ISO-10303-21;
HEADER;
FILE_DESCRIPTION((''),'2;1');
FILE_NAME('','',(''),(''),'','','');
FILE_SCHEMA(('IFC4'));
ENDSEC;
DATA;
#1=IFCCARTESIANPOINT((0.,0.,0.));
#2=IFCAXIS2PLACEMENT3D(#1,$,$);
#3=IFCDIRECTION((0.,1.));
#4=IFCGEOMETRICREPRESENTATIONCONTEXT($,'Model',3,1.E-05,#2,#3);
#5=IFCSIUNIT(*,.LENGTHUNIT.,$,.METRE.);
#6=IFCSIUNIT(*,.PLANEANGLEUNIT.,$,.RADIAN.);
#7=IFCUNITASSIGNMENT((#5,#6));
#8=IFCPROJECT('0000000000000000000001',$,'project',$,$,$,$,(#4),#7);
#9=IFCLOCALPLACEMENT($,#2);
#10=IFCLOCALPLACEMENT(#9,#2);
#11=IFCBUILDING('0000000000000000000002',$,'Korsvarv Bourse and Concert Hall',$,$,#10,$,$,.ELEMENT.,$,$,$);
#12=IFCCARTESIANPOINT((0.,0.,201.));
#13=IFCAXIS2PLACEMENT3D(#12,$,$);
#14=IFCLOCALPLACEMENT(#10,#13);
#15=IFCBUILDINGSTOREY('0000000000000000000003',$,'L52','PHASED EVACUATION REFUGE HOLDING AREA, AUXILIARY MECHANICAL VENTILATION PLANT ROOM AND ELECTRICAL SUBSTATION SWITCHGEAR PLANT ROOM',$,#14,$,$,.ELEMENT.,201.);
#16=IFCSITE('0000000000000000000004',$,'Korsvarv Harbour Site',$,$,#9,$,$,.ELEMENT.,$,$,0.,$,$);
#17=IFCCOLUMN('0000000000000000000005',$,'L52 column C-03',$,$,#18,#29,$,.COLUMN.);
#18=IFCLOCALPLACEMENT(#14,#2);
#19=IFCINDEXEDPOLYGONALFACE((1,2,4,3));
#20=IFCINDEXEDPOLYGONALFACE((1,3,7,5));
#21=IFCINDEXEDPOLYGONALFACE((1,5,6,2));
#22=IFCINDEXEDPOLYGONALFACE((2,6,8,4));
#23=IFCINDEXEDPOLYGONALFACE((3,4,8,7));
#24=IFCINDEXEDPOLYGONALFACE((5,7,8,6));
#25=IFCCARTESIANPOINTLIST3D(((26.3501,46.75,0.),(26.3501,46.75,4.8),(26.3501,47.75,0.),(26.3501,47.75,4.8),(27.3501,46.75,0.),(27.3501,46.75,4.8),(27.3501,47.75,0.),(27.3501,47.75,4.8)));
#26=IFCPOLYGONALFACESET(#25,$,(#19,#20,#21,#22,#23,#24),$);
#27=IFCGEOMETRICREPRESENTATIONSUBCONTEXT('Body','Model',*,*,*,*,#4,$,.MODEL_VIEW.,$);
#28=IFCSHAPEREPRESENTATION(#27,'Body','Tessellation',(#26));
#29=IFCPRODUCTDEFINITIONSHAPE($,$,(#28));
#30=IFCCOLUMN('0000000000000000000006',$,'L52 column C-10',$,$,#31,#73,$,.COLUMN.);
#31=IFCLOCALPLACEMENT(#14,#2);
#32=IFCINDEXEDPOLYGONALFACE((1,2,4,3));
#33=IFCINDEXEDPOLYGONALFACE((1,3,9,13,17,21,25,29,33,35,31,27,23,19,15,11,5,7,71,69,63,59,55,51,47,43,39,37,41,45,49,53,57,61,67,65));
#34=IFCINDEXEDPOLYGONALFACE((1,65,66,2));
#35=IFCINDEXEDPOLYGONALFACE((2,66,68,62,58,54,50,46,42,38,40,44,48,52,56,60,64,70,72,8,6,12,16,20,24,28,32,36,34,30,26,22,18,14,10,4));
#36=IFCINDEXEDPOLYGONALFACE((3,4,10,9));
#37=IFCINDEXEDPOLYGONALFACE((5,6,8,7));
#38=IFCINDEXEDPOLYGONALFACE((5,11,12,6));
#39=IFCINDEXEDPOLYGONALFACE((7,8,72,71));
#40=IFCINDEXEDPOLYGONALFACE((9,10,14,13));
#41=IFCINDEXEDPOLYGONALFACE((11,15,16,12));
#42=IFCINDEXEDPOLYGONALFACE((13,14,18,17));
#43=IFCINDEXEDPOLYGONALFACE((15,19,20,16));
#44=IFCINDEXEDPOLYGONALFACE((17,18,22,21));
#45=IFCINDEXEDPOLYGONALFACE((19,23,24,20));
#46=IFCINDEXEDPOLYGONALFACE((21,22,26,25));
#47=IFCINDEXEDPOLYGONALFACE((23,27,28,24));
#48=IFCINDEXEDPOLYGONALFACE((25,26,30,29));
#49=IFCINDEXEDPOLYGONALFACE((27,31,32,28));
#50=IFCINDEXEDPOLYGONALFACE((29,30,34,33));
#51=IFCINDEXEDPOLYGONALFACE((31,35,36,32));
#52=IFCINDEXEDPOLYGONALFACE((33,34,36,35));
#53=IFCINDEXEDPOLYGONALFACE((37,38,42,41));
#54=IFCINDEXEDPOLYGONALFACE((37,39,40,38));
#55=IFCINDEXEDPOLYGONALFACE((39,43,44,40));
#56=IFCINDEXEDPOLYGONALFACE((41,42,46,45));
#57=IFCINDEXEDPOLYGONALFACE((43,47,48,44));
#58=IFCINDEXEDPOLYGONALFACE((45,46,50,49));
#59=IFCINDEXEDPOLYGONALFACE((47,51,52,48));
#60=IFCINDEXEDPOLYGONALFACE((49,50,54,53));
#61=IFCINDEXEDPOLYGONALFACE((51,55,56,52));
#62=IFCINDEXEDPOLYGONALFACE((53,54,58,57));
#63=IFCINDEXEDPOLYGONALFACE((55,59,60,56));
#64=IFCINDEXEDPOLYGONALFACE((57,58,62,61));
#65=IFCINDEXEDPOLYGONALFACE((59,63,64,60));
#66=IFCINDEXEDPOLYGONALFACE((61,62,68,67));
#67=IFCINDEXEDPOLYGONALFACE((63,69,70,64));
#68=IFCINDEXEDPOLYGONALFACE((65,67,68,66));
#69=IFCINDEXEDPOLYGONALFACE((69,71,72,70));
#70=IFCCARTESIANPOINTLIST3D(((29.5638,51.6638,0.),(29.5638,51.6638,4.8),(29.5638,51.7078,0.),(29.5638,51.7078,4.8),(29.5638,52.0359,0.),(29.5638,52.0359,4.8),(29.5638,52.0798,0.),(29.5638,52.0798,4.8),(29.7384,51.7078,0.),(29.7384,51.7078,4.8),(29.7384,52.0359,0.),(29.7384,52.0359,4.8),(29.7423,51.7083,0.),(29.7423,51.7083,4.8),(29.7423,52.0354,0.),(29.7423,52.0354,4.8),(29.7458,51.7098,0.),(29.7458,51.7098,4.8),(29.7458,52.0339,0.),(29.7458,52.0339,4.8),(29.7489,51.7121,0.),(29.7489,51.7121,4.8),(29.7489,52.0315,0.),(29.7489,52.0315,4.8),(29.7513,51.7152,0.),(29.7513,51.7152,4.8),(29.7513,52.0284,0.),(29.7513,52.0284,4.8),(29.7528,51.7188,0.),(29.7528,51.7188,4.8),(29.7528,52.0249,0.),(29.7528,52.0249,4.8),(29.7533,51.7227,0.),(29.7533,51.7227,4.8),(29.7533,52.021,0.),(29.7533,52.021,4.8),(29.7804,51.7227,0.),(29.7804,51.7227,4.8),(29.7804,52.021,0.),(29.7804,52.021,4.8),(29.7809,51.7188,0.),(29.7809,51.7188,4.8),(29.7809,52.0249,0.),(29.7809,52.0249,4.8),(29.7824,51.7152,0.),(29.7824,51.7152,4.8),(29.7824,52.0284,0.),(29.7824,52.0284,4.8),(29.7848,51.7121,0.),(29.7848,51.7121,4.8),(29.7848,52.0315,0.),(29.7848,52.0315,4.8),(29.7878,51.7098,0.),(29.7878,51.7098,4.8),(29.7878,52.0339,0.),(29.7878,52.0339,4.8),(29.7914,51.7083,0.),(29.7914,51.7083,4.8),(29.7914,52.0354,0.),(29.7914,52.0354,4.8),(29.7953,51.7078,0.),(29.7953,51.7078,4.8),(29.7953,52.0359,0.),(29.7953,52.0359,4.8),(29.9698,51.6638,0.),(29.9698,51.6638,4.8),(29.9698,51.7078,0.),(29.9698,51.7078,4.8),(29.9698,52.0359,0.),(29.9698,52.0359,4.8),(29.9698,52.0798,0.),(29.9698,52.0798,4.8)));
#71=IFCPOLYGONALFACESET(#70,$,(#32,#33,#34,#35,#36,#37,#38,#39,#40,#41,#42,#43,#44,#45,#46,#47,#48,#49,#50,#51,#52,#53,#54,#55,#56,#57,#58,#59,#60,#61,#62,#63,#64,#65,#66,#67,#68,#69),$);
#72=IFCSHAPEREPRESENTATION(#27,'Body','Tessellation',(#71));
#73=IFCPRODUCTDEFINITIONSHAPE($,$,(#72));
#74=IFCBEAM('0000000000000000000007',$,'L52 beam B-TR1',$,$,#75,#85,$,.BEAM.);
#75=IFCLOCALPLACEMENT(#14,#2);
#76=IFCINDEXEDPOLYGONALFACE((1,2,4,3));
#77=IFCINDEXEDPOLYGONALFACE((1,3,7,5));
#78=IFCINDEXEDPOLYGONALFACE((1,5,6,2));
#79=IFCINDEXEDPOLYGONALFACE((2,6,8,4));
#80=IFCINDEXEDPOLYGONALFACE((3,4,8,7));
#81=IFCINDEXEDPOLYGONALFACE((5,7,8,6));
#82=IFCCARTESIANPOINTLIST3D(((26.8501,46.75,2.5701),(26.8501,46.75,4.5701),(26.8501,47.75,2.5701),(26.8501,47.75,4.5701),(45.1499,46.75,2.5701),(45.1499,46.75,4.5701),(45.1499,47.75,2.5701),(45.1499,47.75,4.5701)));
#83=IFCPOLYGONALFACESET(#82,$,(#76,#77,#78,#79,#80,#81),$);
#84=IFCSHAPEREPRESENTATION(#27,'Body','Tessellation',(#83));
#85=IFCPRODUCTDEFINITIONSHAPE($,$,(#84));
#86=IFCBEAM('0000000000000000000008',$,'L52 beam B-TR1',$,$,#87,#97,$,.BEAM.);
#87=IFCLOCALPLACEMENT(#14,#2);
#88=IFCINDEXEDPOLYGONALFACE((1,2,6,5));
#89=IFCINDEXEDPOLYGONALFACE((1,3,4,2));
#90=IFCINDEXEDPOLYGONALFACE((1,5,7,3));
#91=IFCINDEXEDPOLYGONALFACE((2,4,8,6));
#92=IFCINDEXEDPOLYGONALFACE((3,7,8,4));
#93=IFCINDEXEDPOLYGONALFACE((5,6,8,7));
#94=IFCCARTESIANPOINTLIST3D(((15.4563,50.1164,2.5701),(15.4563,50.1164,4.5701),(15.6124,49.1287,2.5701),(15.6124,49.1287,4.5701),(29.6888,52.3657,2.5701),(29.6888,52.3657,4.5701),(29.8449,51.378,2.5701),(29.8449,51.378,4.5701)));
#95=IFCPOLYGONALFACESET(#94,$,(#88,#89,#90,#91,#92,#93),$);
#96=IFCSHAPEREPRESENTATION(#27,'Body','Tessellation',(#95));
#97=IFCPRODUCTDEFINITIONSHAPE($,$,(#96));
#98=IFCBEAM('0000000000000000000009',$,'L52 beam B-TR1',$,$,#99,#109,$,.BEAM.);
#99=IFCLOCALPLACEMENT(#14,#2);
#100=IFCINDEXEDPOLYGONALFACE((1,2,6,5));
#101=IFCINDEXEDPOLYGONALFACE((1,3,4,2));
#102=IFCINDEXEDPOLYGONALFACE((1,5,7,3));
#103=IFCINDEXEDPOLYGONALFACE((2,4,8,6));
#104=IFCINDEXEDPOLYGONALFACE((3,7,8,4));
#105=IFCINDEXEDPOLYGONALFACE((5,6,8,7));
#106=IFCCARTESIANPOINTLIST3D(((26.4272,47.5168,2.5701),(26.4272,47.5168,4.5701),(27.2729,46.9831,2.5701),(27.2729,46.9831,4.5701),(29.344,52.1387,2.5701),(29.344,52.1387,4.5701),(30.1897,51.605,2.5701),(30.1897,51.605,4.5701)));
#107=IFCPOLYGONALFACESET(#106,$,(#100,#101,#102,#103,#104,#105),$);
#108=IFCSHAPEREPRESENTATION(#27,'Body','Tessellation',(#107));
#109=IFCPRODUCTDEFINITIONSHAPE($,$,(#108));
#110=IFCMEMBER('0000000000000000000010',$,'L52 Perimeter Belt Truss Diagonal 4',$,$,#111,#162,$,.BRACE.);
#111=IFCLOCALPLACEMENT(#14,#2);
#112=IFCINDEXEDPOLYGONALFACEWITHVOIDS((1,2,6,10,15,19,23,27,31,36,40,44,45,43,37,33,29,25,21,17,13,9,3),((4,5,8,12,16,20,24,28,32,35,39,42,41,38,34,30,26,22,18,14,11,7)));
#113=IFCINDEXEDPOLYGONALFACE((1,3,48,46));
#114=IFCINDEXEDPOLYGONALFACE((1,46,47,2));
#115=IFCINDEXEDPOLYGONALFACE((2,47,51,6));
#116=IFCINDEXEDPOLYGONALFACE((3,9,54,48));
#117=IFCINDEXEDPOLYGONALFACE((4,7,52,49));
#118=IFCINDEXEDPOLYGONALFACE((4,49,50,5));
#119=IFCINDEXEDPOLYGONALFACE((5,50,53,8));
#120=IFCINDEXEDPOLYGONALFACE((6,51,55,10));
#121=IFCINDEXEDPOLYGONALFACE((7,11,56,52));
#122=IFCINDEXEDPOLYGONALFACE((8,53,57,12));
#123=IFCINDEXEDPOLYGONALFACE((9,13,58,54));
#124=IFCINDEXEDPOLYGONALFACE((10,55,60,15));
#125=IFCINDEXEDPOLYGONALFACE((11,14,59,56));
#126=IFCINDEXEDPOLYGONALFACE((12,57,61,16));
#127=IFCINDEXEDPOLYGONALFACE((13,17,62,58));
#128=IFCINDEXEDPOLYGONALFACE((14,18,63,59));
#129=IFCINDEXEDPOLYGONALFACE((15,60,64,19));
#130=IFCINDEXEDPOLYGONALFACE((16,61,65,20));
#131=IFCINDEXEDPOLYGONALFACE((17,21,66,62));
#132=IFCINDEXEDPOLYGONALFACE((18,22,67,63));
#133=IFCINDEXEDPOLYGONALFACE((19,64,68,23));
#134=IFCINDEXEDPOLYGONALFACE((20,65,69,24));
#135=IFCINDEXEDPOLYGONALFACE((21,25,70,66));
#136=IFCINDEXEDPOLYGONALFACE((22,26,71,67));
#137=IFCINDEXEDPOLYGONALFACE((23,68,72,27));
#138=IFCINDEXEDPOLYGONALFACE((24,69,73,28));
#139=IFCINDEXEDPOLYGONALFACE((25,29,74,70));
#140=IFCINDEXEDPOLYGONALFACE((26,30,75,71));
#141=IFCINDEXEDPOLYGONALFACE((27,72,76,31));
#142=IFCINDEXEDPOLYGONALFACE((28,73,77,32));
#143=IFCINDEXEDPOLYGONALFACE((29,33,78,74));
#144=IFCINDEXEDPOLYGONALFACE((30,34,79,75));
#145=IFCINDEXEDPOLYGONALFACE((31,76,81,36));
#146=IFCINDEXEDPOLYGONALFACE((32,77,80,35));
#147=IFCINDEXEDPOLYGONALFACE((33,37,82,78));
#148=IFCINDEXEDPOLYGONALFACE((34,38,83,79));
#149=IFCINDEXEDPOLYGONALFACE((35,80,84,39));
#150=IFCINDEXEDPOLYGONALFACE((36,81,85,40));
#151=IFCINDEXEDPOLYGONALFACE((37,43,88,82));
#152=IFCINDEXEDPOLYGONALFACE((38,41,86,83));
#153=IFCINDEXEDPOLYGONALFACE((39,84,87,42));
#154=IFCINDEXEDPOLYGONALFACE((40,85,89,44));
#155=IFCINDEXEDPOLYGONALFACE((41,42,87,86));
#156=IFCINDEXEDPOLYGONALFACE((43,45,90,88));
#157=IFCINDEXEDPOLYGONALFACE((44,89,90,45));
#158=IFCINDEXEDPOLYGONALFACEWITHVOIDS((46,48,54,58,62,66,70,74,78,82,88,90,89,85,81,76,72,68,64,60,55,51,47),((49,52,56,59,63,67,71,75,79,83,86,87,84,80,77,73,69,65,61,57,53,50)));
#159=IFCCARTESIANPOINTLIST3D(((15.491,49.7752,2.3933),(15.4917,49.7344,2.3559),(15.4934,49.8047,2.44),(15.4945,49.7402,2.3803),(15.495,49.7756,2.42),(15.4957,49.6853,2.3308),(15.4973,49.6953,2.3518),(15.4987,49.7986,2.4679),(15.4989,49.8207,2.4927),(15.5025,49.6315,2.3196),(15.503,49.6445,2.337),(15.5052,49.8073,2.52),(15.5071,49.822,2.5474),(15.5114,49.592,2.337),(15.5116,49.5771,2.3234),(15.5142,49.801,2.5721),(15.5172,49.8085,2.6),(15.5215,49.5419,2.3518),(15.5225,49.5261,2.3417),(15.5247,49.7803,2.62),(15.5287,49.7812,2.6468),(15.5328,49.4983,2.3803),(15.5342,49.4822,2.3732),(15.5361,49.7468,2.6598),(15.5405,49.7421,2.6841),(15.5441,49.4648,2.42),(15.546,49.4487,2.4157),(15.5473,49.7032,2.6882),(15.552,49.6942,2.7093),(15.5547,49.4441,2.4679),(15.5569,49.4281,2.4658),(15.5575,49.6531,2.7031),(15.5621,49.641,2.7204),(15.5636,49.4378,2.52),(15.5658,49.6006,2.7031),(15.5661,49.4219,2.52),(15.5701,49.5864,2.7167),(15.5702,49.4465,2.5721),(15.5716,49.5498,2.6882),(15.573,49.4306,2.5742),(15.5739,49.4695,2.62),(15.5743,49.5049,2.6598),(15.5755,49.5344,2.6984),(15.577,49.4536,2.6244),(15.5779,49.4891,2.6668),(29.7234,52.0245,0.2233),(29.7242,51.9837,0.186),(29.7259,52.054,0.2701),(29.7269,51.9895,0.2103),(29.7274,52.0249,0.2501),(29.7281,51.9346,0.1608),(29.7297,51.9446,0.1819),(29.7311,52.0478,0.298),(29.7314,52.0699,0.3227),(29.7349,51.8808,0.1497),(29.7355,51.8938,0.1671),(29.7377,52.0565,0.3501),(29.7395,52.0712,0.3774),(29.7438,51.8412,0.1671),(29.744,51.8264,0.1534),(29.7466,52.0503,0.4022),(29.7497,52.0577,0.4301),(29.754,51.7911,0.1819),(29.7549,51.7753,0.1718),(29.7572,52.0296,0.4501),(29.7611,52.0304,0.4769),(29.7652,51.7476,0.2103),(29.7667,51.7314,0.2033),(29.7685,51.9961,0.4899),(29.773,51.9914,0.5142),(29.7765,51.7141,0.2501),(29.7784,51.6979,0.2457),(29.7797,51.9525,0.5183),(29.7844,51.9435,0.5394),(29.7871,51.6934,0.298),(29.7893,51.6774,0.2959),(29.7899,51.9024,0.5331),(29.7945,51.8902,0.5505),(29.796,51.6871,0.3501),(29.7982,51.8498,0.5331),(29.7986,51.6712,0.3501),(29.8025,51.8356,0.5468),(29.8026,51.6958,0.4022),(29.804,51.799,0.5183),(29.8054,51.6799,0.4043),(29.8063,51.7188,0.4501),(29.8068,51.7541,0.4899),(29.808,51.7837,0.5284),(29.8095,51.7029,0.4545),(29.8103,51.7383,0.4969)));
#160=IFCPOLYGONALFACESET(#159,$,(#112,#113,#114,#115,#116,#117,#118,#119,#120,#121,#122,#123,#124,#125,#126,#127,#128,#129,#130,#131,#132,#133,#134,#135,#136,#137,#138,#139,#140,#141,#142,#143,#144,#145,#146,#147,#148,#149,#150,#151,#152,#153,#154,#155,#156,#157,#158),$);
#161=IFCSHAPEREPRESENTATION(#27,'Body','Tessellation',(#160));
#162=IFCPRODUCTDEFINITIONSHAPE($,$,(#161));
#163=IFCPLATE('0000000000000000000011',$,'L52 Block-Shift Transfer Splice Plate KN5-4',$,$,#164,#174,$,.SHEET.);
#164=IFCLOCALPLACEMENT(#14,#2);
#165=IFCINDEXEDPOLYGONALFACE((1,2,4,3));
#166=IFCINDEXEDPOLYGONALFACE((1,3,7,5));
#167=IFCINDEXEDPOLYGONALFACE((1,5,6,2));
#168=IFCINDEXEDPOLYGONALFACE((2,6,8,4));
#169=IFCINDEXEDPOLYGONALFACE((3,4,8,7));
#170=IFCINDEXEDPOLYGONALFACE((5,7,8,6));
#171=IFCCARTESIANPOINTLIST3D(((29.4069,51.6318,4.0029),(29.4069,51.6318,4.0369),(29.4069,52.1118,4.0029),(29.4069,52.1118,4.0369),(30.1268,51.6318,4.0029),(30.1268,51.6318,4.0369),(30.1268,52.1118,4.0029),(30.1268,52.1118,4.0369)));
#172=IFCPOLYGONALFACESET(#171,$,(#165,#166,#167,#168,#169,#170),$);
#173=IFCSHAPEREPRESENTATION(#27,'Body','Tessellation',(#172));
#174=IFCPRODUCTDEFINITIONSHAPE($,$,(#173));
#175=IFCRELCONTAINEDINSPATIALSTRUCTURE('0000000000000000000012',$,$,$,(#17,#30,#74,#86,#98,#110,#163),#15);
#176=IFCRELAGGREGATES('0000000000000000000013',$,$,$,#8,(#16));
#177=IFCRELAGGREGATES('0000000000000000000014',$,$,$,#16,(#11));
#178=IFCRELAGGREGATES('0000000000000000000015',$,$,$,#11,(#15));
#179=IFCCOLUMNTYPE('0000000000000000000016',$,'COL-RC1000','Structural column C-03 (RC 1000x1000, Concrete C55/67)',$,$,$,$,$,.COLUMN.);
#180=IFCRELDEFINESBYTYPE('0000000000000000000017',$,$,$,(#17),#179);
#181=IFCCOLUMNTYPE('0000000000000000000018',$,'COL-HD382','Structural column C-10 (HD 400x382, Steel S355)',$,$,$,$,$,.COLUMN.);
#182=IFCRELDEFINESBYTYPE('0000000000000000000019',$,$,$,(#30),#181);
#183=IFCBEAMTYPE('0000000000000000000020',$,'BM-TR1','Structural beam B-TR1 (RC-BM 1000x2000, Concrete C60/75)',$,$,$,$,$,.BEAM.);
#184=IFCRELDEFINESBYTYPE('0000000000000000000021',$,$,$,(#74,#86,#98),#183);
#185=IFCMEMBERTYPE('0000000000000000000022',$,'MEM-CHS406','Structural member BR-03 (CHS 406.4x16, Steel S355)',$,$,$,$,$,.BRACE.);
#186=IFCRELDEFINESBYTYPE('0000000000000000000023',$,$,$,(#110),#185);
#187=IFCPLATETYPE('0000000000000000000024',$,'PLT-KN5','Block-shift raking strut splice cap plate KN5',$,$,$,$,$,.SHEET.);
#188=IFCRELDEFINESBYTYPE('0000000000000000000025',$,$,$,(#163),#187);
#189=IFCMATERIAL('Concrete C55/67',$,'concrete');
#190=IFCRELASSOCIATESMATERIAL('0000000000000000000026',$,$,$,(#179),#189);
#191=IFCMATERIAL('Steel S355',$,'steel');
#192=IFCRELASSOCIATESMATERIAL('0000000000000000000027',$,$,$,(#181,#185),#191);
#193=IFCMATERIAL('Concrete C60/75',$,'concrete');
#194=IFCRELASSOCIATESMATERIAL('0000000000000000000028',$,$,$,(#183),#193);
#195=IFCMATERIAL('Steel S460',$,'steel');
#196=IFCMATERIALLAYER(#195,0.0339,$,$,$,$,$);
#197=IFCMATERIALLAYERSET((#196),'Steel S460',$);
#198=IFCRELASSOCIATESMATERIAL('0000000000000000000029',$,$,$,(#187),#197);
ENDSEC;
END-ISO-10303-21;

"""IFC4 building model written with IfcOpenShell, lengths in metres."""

from ifc_helpers import new_model, si_unit, direction, frame, origin, origin_2d, place, context, subcontext, project, spatial, rectangle, hollow_circle, i_section, extrude, source, transform, mapped, material, layer, layer_set, material_profile, profile_set, type_object, element, save


model = new_model("IFC4")

# Units and contexts
model_context = context("Model", 3, precision=1e-05, world=origin(), true_north=direction((0.0, 1.0)))
body_context = subcontext(model_context, "Body", "Model", "MODEL_VIEW")
ifc_project = project(units=[si_unit("LENGTHUNIT", "METRE"), si_unit("PLANEANGLEUNIT", "RADIAN")], contexts=[model_context])

# Site, building, storey
site_placement = place(None, origin())
site = spatial("IfcSite", under=ifc_project, at=site_placement, Name="Korsvarv Harbour Site", CompositionType="ELEMENT", RefElevation=0.0)
building_placement = place(site_placement, origin())
building = spatial("IfcBuilding", under=site, at=building_placement, Name="Korsvarv Bourse and Concert Hall", CompositionType="ELEMENT")
storey_placement = place(building_placement, frame((0.0, 0.0, 201.0)))
storey = spatial("IfcBuildingStorey", under=building, at=storey_placement, Name="L52", Description="PHASED EVACUATION REFUGE HOLDING AREA, AUXILIARY MECHANICAL VENTILATION PLANT ROOM AND ELECTRICAL SUBSTATION SWITCHGEAR PLANT ROOM", CompositionType="ELEMENT", Elevation=201.0)

# Columns
ifc_material_1 = material(Name="Concrete C55/67", Category="concrete")
ifc_material_profile_1 = material_profile(ifc_material_1, rectangle(XDim=1.0, YDim=1.0, at=origin_2d()), Name="RC 1000x1000")
ifc_profile_set_1 = profile_set([ifc_material_profile_1], Name="Concrete C55/67")
column_type_1 = type_object("IfcColumnType", Name="COL-RC1000", Description="Structural column C-03 (RC 1000x1000, Concrete C55/67)", PredefinedType="COLUMN", material=ifc_profile_set_1)
shared_shape_1 = source(origin(), body_context, "Body", "SweptSolid", [
    extrude(rectangle(XDim=1.0, YDim=1.0, at=origin_2d()), origin(), (0.0, 0.0, 1.0), 4.8),
])
column_1_placement = place(storey_placement, frame((26.8501, 47.25, 0.0), z_axis=(0.0, 0.0, 1.0), x_axis=(1.0, 0.0, 0.0)))
element("IfcColumn", 1, at=column_1_placement, inside=storey, type_object=column_type_1, Name="L52 column C-03", PredefinedType="COLUMN", context=body_context, shape_type="MappedRepresentation", body=[
    mapped(shared_shape_1, transform((0.0, 0.0, 0.0), scale=1.0)),
])
ifc_material_2 = material(Name="Steel S355", Category="steel")
ifc_material_profile_2 = material_profile(ifc_material_2, i_section(OverallWidth=0.406, OverallDepth=0.416, WebThickness=0.0271, FlangeThickness=0.0439, FilletRadius=0.0149, at=origin_2d()), Name="HD 400x382")
ifc_profile_set_2 = profile_set([ifc_material_profile_2], Name="Steel S355")
column_type_2 = type_object("IfcColumnType", Name="COL-HD382", Description="Structural column C-10 (HD 400x382, Steel S355)", PredefinedType="COLUMN", material=ifc_profile_set_2)
shared_shape_2 = source(origin(), body_context, "Body", "SweptSolid", [
    extrude(i_section(OverallWidth=0.406, OverallDepth=0.416, WebThickness=0.0271, FlangeThickness=0.0439, FilletRadius=0.0149, at=origin_2d()), origin(), (0.0, 0.0, 1.0), 4.8),
])
column_2_placement = place(storey_placement, frame((29.7668, 51.8718, 0.0), z_axis=(0.0, 0.0, 1.0), x_axis=(1.0, 0.0, 0.0)))
element("IfcColumn", 2, at=column_2_placement, inside=storey, type_object=column_type_2, Name="L52 column C-10", PredefinedType="COLUMN", context=body_context, shape_type="MappedRepresentation", body=[
    mapped(shared_shape_2, transform((0.0, 0.0, 0.0), scale=1.0)),
])

# Beams
ifc_material_3 = material(Name="Concrete C60/75", Category="concrete")
ifc_material_profile_3 = material_profile(ifc_material_3, rectangle(XDim=1.0, YDim=2.0, at=origin_2d()), Name="RC-BM 1000x2000")
ifc_profile_set_3 = profile_set([ifc_material_profile_3], Name="Concrete C60/75")
beam_type = type_object("IfcBeamType", Name="BM-TR1", Description="Structural beam B-TR1 (RC-BM 1000x2000, Concrete C60/75)", PredefinedType="BEAM", material=ifc_profile_set_3)
shared_shape_3 = source(origin(), body_context, "Body", "SweptSolid", [
    extrude(rectangle(XDim=1.0, YDim=2.0, at=origin_2d()), origin(), (0.0, 0.0, 1.0), 18.2998),
])
beam_1_placement = place(storey_placement, frame((26.8501, 47.25, 3.5701), z_axis=(1.0, 0.0, 0.0), x_axis=(0.0, 1.0, 0.0)))
element("IfcBeam", 3, at=beam_1_placement, inside=storey, type_object=beam_type, Name="L52 beam B-TR1", PredefinedType="BEAM", context=body_context, shape_type="MappedRepresentation", body=[
    mapped(shared_shape_3, transform((0.0, 0.0, 0.0), scale=1.0)),
])
shared_shape_4 = source(origin(), body_context, "Body", "SweptSolid", [
    extrude(rectangle(XDim=1.0, YDim=2.0, at=origin_2d()), origin(), (0.0, 0.0, 1.0), 14.4092),
])
beam_2_placement = place(storey_placement, frame((29.7668, 51.8718, 3.5701), z_axis=(-0.987741, -0.156101, 0.0), x_axis=(0.156101, -0.987741, 0.0)))
element("IfcBeam", 4, at=beam_2_placement, inside=storey, type_object=beam_type, Name="L52 beam B-TR1", PredefinedType="BEAM", context=body_context, shape_type="MappedRepresentation", body=[
    mapped(shared_shape_4, transform((0.0, 0.0, 0.0), scale=1.0)),
])
shared_shape_5 = source(origin(), body_context, "Body", "SweptSolid", [
    extrude(rectangle(XDim=1.0, YDim=2.0, at=origin_2d()), origin(), (0.0, 0.0, 1.0), 5.4653),
])
beam_3_placement = place(storey_placement, frame((29.7668, 51.8718, 3.5701), z_axis=(-0.533692, -0.845679, 0.0), x_axis=(0.845679, -0.533692, 0.0)))
element("IfcBeam", 5, at=beam_3_placement, inside=storey, type_object=beam_type, Name="L52 beam B-TR1", PredefinedType="BEAM", context=body_context, shape_type="MappedRepresentation", body=[
    mapped(shared_shape_5, transform((0.0, 0.0, 0.0), scale=1.0)),
])

# Member
ifc_material_profile_4 = material_profile(ifc_material_2, hollow_circle(Radius=0.2031, WallThickness=0.0161, at=origin_2d()), Name="CHS 406.4x16")
ifc_profile_set_4 = profile_set([ifc_material_profile_4], Name="Steel S355")
member_type = type_object("IfcMemberType", Name="MEM-CHS406", Description="Structural member BR-03 (CHS 406.4x16, Steel S355)", PredefinedType="BRACE", material=ifc_profile_set_4)
shared_shape_6 = source(origin(), body_context, "Body", "SweptSolid", [
    extrude(hollow_circle(Radius=0.2031, WallThickness=0.0161, at=origin_2d()), origin(), (0.0, 0.0, 1.0), 14.5715),
])
member_placement = place(storey_placement, frame((29.7668, 51.8718, 0.3501), z_axis=(-0.976728, -0.15436, 0.148915), x_axis=(0.156101, -0.987741, 0.0)))
element("IfcMember", 6, at=member_placement, inside=storey, type_object=member_type, Name="L52 Perimeter Belt Truss Diagonal 4", PredefinedType="BRACE", context=body_context, shape_type="MappedRepresentation", body=[
    mapped(shared_shape_6, transform((0.0, 0.0, 0.0), scale=1.0)),
])

# Plate
ifc_material_4 = material(Name="Steel S460", Category="steel")
ifc_layer_1 = layer(ifc_material_4, 0.0339)
ifc_layer_set_1 = layer_set([ifc_layer_1], Name="Steel S460")
plate_type_1 = type_object("IfcPlateType", Name="PLT-KN5", Description="Block-shift raking strut splice cap plate KN5", PredefinedType="SHEET", material=ifc_layer_set_1)
shared_shape_7 = source(origin(), body_context, "Body", "SweptSolid", [
    extrude(rectangle(XDim=0.72, YDim=0.48, at=origin_2d()), origin(), (0.0, 0.0, 1.0), 0.0339),
])
plate_placement = place(storey_placement, frame((29.7668, 51.8718, 4.0029), z_axis=(0.0, 0.0, 1.0), x_axis=(1.0, 0.0, 0.0)))
element("IfcPlate", 7, at=plate_placement, inside=storey, type_object=plate_type_1, Name="L52 Block-Shift Transfer Splice Plate KN5-4", PredefinedType="SHEET", context=body_context, shape_type="MappedRepresentation", body=[
    mapped(shared_shape_7, transform((0.0, 0.0, 0.0), scale=1.0)),
])

save(model, "model.ifc")
